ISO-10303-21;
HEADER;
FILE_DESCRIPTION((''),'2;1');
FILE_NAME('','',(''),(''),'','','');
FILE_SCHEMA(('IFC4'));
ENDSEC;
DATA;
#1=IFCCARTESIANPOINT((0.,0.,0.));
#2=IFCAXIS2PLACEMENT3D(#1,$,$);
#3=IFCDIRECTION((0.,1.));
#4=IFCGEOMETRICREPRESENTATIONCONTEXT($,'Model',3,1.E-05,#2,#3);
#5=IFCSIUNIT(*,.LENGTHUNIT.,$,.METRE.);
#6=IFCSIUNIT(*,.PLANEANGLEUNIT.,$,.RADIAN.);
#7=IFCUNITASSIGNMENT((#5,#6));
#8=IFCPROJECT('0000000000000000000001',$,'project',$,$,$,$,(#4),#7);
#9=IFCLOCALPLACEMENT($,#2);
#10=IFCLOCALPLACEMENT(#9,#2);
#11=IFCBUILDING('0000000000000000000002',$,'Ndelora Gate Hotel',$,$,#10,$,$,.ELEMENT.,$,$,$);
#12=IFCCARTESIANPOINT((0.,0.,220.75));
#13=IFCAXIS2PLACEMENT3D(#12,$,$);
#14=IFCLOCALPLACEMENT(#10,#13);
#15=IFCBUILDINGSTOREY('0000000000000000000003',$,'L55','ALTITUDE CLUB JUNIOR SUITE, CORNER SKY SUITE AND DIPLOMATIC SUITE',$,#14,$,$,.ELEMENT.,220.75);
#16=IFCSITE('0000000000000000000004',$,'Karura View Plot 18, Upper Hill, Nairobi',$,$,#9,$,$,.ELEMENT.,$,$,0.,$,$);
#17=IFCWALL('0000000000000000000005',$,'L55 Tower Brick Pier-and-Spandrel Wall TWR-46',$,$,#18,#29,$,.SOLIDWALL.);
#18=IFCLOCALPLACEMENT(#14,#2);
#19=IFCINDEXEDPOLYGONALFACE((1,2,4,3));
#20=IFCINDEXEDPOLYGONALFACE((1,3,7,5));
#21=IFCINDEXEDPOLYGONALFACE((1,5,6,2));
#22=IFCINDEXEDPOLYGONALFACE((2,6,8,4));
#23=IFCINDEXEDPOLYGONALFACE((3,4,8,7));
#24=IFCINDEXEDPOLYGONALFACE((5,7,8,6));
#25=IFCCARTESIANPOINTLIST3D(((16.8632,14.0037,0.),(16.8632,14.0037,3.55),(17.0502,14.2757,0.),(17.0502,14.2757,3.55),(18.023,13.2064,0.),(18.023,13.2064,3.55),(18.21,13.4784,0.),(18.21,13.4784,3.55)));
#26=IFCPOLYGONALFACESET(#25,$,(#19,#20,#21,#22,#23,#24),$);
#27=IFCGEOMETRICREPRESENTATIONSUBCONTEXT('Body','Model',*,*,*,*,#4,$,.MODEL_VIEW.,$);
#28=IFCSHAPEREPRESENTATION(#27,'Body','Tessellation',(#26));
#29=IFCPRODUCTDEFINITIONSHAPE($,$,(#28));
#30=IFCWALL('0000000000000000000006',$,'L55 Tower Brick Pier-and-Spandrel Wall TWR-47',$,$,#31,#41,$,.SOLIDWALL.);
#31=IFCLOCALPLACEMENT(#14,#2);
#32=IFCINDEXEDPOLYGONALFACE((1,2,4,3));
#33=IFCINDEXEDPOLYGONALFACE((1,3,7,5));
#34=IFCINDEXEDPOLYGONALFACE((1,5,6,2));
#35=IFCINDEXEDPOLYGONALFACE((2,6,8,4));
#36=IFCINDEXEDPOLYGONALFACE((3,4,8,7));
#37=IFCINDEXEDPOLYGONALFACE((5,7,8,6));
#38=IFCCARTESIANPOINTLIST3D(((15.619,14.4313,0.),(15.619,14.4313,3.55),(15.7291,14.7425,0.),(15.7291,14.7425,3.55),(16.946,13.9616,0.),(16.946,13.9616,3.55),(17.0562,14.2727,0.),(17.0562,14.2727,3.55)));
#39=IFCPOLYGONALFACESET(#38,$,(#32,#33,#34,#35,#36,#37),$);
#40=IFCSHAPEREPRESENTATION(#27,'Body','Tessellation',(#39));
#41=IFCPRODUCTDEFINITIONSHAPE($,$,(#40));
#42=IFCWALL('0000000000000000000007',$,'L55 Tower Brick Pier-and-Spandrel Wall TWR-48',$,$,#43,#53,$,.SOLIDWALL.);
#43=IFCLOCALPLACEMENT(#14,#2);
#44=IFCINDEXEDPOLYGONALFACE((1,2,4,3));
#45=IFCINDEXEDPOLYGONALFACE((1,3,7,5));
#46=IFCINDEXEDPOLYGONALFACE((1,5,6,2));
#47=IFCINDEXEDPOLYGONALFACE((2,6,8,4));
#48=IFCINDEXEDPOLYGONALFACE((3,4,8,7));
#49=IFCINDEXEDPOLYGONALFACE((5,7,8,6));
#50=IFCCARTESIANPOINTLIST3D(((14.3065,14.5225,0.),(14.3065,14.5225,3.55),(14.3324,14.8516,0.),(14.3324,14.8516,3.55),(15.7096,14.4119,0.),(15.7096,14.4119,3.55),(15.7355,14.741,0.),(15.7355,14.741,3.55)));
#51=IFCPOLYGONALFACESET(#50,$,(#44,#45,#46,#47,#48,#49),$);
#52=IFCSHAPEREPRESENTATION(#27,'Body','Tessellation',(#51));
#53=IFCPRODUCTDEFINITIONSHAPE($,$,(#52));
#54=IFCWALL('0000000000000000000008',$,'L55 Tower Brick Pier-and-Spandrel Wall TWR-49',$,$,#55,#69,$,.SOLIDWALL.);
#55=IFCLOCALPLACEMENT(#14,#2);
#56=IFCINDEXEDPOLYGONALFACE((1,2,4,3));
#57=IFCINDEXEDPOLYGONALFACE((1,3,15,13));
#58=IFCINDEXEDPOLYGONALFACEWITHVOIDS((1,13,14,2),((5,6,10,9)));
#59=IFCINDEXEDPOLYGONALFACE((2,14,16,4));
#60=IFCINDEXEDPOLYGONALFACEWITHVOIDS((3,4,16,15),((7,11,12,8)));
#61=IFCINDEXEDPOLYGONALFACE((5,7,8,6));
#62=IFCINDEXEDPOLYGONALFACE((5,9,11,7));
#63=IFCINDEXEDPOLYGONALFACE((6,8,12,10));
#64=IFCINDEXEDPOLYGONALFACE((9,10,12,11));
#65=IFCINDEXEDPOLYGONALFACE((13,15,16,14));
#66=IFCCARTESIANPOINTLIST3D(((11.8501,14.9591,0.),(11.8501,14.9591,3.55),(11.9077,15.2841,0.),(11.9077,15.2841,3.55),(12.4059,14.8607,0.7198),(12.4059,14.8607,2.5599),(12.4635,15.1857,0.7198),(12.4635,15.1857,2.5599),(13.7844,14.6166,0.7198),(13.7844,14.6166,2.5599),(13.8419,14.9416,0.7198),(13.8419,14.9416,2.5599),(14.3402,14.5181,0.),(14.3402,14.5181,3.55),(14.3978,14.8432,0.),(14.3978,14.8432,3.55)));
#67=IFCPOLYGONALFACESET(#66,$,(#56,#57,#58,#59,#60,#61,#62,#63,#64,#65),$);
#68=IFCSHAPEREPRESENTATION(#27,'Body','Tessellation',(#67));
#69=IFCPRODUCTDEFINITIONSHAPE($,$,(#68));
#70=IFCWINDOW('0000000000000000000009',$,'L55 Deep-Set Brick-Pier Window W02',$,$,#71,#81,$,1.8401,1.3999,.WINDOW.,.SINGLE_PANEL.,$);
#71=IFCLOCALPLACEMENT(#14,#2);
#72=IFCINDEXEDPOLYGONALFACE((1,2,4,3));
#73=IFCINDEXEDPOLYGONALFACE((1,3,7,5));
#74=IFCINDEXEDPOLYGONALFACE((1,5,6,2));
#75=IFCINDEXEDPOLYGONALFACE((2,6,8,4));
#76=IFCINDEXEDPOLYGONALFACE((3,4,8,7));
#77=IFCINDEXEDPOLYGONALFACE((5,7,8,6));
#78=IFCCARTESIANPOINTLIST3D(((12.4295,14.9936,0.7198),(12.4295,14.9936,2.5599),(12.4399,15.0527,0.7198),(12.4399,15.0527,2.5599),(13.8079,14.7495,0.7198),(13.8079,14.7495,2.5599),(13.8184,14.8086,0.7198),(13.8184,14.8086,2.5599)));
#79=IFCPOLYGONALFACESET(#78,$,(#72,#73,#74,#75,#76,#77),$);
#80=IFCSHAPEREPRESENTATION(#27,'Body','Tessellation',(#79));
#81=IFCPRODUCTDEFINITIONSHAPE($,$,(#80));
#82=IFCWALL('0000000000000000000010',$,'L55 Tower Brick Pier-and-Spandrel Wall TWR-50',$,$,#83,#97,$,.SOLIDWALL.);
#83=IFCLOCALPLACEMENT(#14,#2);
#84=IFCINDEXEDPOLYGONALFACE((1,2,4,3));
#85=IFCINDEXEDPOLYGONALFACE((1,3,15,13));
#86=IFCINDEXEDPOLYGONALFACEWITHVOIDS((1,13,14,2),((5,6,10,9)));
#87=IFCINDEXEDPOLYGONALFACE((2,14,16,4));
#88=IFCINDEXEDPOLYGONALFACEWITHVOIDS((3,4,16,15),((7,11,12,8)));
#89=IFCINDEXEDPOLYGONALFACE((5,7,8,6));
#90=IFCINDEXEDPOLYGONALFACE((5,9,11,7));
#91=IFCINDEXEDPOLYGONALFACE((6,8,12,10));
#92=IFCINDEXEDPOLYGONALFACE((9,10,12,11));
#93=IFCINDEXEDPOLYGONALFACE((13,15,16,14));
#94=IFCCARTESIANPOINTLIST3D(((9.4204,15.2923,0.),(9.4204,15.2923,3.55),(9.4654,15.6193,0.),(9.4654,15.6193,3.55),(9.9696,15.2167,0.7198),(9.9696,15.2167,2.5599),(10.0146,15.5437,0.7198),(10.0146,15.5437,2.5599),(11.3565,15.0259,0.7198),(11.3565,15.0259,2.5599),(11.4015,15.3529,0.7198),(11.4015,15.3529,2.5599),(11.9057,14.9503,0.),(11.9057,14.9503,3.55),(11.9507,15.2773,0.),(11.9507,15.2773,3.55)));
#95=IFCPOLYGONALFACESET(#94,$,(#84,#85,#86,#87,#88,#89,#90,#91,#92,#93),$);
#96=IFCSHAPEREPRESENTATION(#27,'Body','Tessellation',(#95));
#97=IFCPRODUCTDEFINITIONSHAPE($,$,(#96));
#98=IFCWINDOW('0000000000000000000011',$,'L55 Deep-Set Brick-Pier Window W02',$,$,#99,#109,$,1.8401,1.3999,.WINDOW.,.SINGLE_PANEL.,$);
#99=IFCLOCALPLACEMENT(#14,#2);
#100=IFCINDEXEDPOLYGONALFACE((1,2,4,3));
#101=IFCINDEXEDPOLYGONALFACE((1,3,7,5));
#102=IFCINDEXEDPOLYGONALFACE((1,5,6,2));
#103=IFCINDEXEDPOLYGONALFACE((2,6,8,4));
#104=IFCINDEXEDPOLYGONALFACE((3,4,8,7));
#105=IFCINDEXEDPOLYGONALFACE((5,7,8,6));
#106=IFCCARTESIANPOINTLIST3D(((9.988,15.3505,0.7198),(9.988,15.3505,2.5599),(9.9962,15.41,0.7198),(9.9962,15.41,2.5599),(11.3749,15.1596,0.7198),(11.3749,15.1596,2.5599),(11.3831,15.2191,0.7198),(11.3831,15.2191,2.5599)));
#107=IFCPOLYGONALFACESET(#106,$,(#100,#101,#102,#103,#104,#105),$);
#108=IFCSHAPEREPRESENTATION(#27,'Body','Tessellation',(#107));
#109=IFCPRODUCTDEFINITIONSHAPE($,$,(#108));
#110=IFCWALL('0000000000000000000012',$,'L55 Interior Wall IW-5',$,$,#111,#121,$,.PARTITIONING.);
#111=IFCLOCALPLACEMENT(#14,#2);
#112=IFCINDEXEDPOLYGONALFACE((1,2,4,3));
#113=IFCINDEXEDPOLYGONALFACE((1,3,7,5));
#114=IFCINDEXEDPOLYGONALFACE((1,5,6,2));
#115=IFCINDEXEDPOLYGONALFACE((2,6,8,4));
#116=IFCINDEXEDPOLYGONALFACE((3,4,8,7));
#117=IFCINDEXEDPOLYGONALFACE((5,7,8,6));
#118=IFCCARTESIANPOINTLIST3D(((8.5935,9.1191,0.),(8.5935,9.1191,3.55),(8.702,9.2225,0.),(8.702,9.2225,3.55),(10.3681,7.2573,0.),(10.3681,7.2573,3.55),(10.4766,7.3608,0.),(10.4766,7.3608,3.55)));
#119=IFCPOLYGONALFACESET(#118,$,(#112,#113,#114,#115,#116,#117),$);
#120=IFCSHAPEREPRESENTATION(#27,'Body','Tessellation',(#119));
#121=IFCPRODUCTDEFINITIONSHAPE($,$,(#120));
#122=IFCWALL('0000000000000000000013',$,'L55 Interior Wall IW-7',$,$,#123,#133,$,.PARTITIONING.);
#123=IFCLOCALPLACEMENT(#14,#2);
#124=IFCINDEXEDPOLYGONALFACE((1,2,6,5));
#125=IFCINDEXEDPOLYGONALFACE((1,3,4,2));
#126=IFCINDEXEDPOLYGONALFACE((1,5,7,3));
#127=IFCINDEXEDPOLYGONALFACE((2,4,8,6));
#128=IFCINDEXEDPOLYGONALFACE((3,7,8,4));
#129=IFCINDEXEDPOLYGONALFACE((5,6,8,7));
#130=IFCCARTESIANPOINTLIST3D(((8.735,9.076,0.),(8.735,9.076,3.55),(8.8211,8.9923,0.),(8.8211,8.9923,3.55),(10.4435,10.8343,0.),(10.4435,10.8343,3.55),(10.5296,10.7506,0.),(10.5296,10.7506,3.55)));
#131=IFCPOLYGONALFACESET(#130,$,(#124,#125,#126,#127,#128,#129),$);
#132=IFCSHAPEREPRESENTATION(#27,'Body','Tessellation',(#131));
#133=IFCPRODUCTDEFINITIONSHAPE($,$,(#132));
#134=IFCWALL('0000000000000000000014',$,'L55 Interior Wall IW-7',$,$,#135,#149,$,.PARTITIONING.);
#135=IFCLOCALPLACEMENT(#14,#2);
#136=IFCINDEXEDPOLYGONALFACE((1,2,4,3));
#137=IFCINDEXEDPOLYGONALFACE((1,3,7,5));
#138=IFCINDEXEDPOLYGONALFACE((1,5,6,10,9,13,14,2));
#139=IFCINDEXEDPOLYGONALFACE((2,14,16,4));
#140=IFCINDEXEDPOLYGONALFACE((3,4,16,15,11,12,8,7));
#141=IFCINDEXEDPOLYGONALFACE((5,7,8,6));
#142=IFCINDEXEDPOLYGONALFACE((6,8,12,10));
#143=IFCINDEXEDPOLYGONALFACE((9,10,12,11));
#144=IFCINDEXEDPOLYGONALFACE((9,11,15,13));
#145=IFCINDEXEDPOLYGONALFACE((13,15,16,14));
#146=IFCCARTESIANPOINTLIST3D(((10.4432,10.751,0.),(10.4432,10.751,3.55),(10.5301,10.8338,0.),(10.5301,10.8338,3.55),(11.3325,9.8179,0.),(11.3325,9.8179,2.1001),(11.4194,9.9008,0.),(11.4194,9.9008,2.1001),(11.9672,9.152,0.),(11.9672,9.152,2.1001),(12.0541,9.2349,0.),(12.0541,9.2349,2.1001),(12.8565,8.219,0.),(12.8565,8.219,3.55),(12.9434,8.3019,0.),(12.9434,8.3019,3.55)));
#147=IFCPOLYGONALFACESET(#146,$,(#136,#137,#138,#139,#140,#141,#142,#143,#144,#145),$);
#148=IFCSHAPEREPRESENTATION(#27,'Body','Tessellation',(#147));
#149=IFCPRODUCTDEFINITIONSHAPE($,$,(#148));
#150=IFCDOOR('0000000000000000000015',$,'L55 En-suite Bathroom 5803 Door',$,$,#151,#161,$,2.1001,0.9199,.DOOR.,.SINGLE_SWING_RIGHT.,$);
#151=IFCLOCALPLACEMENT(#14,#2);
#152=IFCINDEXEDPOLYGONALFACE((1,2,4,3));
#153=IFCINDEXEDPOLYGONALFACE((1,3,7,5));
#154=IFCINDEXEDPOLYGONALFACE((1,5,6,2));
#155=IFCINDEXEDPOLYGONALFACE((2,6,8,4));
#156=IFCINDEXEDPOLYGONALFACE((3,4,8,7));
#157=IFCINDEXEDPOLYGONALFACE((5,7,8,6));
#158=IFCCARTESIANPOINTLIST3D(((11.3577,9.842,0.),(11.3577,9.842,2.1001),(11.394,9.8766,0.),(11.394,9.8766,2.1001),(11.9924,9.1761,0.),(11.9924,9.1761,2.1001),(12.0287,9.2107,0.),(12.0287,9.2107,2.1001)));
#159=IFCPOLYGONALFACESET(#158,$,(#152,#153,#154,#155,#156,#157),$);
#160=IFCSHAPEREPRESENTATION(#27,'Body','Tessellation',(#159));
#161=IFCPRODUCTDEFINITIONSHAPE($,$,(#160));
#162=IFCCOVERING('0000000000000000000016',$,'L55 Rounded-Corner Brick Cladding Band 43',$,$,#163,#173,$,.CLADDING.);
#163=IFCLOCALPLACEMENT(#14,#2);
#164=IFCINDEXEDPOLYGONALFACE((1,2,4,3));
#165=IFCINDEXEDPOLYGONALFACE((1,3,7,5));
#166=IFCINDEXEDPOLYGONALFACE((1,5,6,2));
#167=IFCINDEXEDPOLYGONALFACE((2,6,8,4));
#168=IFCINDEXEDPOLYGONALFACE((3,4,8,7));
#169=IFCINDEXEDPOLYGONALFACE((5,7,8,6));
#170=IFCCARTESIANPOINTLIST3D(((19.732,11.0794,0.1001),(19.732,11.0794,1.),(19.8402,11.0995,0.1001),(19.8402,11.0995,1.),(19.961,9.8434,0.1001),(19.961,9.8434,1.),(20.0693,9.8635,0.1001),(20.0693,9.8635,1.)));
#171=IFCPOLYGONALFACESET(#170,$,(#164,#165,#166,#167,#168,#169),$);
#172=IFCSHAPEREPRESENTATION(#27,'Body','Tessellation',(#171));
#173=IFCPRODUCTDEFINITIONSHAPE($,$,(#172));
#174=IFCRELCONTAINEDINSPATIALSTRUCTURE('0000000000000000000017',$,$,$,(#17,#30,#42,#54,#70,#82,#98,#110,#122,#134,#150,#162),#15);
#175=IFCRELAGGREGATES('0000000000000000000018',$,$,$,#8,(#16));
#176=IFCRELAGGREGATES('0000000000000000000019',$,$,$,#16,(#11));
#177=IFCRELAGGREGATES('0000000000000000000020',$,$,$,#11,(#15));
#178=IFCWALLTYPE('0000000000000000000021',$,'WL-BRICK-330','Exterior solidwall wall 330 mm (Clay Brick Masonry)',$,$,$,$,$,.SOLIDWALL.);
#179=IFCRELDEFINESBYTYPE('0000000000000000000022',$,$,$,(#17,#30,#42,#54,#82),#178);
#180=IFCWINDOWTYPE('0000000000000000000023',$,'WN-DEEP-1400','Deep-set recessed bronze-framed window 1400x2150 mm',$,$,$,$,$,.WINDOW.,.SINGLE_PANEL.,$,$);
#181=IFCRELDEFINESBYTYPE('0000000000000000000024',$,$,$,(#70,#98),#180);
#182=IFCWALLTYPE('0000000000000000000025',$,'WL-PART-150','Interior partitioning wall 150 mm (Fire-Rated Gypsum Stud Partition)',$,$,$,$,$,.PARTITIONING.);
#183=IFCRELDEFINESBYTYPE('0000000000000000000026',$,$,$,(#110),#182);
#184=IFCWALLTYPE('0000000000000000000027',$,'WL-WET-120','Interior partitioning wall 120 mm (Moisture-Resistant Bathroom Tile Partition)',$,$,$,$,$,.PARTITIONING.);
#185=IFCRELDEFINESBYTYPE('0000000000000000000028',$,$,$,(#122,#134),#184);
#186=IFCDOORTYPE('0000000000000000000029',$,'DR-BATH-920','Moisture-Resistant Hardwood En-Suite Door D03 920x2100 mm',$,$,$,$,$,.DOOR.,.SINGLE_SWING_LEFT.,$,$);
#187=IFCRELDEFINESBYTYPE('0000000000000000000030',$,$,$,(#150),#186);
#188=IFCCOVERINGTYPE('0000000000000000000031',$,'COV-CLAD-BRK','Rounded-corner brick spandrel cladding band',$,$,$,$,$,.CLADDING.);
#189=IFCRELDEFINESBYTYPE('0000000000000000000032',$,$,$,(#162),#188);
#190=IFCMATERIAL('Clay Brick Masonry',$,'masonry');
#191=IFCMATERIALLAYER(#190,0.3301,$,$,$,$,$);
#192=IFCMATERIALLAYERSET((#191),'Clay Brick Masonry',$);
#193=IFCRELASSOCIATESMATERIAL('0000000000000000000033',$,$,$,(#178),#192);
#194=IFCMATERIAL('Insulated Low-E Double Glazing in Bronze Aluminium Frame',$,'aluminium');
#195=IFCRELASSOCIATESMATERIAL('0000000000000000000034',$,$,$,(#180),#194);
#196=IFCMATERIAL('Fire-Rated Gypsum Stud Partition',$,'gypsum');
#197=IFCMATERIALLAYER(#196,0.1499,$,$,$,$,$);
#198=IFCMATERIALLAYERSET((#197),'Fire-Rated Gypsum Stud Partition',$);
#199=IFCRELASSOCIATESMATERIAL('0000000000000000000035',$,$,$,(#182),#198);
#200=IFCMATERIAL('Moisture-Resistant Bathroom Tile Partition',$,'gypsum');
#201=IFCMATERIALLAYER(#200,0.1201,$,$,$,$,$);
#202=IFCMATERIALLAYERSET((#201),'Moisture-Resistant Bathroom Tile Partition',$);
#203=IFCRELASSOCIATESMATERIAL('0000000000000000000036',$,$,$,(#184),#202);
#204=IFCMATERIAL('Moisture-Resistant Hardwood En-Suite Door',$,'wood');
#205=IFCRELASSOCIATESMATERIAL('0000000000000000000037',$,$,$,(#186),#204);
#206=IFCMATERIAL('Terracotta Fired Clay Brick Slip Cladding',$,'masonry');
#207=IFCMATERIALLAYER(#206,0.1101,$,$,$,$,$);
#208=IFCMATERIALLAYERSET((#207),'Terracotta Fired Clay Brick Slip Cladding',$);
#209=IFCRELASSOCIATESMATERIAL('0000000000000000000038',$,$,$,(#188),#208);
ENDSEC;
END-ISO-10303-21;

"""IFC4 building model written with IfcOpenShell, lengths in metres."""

from ifc_helpers import new_model, si_unit, direction, frame, frame_2d, origin, origin_2d, place, context, subcontext, project, spatial, rectangle, extrude, material, layer, layer_set, type_object, element, fill, save


model = new_model("IFC4")

# Units and contexts
model_context = context("Model", 3, precision=1e-05, world=origin(), true_north=direction((0.0, 1.0)))
body_context = subcontext(model_context, "Body", "Model", "MODEL_VIEW")
ifc_project = project(units=[si_unit("LENGTHUNIT", "METRE"), si_unit("PLANEANGLEUNIT", "RADIAN")], contexts=[model_context])

# Site, building, storey
site_placement = place(None, origin())
site = spatial("IfcSite", under=ifc_project, at=site_placement, Name="Karura View Plot 18, Upper Hill, Nairobi", CompositionType="ELEMENT", RefElevation=0.0)
building_placement = place(site_placement, origin())
building = spatial("IfcBuilding", under=site, at=building_placement, Name="Ndelora Gate Hotel", CompositionType="ELEMENT")
storey_placement = place(building_placement, frame((0.0, 0.0, 220.75)))
storey = spatial("IfcBuildingStorey", under=building, at=storey_placement, Name="L55", Description="ALTITUDE CLUB JUNIOR SUITE, CORNER SKY SUITE AND DIPLOMATIC SUITE", CompositionType="ELEMENT", Elevation=220.75)

# Walls
ifc_material_1 = material(Name="Clay Brick Masonry", Category="masonry")
ifc_layer_1 = layer(ifc_material_1, 0.3301)
ifc_layer_set_1 = layer_set([ifc_layer_1], Name="Clay Brick Masonry")
wall_type_1 = type_object("IfcWallType", Name="WL-BRICK-330", Description="Exterior solidwall wall 330 mm (Clay Brick Masonry)", PredefinedType="SOLIDWALL", material=ifc_layer_set_1)
for number, where, z_axis, x_axis, name in (
    (1, (16.9568, 14.1396, 0.0), (0.0, 0.0, 1.0), (0.824067, -0.566492, 0.0), "L55 Tower Brick Pier-and-Spandrel Wall TWR-46"),
):
    element("IfcWall", number, at=place(storey_placement, frame(where, z_axis=z_axis, x_axis=x_axis)), inside=storey, type_object=wall_type_1, Name=name, PredefinedType="SOLIDWALL", context=body_context, shape_type="SweptSolid", body=[
        extrude(rectangle(XDim=1.4075, YDim=0.3301, at=frame_2d((0.7036, 0.0))), origin(), (0.0, 0.0, 1.0), 3.55),
    ])
wall_1_placement = place(storey_placement, frame((15.6741, 14.5869, 0.0), z_axis=(0.0, 0.0, 1.0), x_axis=(0.942676, -0.333709, 0.0)))
element("IfcWall", 2, at=wall_1_placement, inside=storey, type_object=wall_type_1, Name="L55 Tower Brick Pier-and-Spandrel Wall TWR-47", PredefinedType="SOLIDWALL", context=body_context, shape_type="SweptSolid", body=[
    extrude(rectangle(XDim=1.4077, YDim=0.3301, at=frame_2d((0.7039, 0.0))), origin(), (0.0, 0.0, 1.0), 3.55),
])
wall_2_placement = place(storey_placement, frame((14.3196, 14.687, 0.0), z_axis=(0.0, 0.0, 1.0), x_axis=(0.996908, -0.07858, 0.0)))
element("IfcWall", 3, at=wall_2_placement, inside=storey, type_object=wall_type_1, Name="L55 Tower Brick Pier-and-Spandrel Wall TWR-48", PredefinedType="SOLIDWALL", context=body_context, shape_type="SweptSolid", body=[
    extrude(rectangle(XDim=1.4075, YDim=0.3301, at=frame_2d((0.7036, 0.0))), origin(), (0.0, 0.0, 1.0), 3.55),
])

# Walls, openings, windows
wall_3_placement = place(storey_placement, frame((11.8789, 15.1216, 0.0), z_axis=(0.0, 0.0, 1.0), x_axis=(0.984681, -0.174364, 0.0)))
wall_3 = element("IfcWall", 4, at=wall_3_placement, inside=storey, type_object=wall_type_1, Name="L55 Tower Brick Pier-and-Spandrel Wall TWR-49", PredefinedType="SOLIDWALL", context=body_context, shape_type="SweptSolid", body=[
    extrude(rectangle(XDim=2.5288, YDim=0.3301, at=frame_2d((1.2644, 0.0))), origin(), (0.0, 0.0, 1.0), 3.55),
])
opening_1_placement = place(wall_3_placement, frame((0.5645, 0.0, 0.72)))
opening_1 = element("IfcOpeningElement", 5, at=opening_1_placement, cuts=wall_3, PredefinedType="OPENING", context=body_context, shape_type="SweptSolid", body=[
    extrude(rectangle(XDim=1.3999, YDim=1.8401, at=frame_2d((0.7, 0.9199))), frame((0.0, 0.175, 0.0), z_axis=(0.0, -1.0, 0.0), x_axis=(1.0, 0.0, 0.0)), (0.0, 0.0, 1.0), 0.3501),
])
ifc_material_2 = material(Name="Insulated Low-E Double Glazing in Bronze Aluminium Frame", Category="aluminium")
window_type = type_object("IfcWindowType", Name="WN-DEEP-1400", Description="Deep-set recessed bronze-framed window 1400x2150 mm", PartitioningType="SINGLE_PANEL", PredefinedType="WINDOW", material=ifc_material_2)
window_1_placement = place(opening_1_placement, origin())
window_1 = element("IfcWindow", 6, at=window_1_placement, inside=storey, type_object=window_type, Name="L55 Deep-Set Brick-Pier Window W02", OverallHeight=1.8401, OverallWidth=1.3999, PartitioningType="SINGLE_PANEL", PredefinedType="WINDOW", context=body_context, shape_type="SweptSolid", body=[
    extrude(rectangle(XDim=1.3999, YDim=1.8401, at=frame_2d((0.7, 0.9199))), frame((0.0, 0.03, 0.0), z_axis=(0.0, -1.0, 0.0), x_axis=(1.0, 0.0, 0.0)), (0.0, 0.0, 1.0), 0.0601),
])
fill(opening_1, window_1)
wall_4_placement = place(storey_placement, frame((9.4429, 15.4558, 0.0), z_axis=(0.0, 0.0, 1.0), x_axis=(0.990662, -0.136338, 0.0)))
wall_4 = element("IfcWall", 7, at=wall_4_placement, inside=storey, type_object=wall_type_1, Name="L55 Tower Brick Pier-and-Spandrel Wall TWR-50", PredefinedType="SOLIDWALL", context=body_context, shape_type="SweptSolid", body=[
    extrude(rectangle(XDim=2.5088, YDim=0.3301, at=frame_2d((1.2544, 0.0))), origin(), (0.0, 0.0, 1.0), 3.55),
])
opening_2_placement = place(wall_4_placement, frame((0.5544, 0.0, 0.72)))
opening_2 = element("IfcOpeningElement", 8, at=opening_2_placement, cuts=wall_4, PredefinedType="OPENING", context=body_context, shape_type="SweptSolid", body=[
    extrude(rectangle(XDim=1.3999, YDim=1.8401, at=frame_2d((0.7, 0.9199))), frame((0.0, 0.175, 0.0), z_axis=(0.0, -1.0, 0.0), x_axis=(1.0, 0.0, 0.0)), (0.0, 0.0, 1.0), 0.3501),
])
window_2_placement = place(opening_2_placement, origin())
window_2 = element("IfcWindow", 9, at=window_2_placement, inside=storey, type_object=window_type, Name="L55 Deep-Set Brick-Pier Window W02", OverallHeight=1.8401, OverallWidth=1.3999, PartitioningType="SINGLE_PANEL", PredefinedType="WINDOW", context=body_context, shape_type="SweptSolid", body=[
    extrude(rectangle(XDim=1.3999, YDim=1.8401, at=frame_2d((0.7, 0.9199))), frame((0.0, 0.03, 0.0), z_axis=(0.0, -1.0, 0.0), x_axis=(1.0, 0.0, 0.0)), (0.0, 0.0, 1.0), 0.0601),
])
fill(opening_2, window_2)

# Walls
ifc_material_3 = material(Name="Fire-Rated Gypsum Stud Partition", Category="gypsum")
ifc_layer_2 = layer(ifc_material_3, 0.1499)
ifc_layer_set_2 = layer_set([ifc_layer_2], Name="Fire-Rated Gypsum Stud Partition")
wall_type_2 = type_object("IfcWallType", Name="WL-PART-150", Description="Interior partitioning wall 150 mm (Fire-Rated Gypsum Stud Partition)", PredefinedType="PARTITIONING", material=ifc_layer_set_2)
wall_5_placement = place(storey_placement, frame((8.6477, 9.1709, 0.0), z_axis=(0.0, 0.0, 1.0), x_axis=(0.689961, -0.723847, 0.0)))
element("IfcWall", 10, at=wall_5_placement, inside=storey, type_object=wall_type_2, Name="L55 Interior Wall IW-5", PredefinedType="PARTITIONING", context=body_context, shape_type="SweptSolid", body=[
    extrude(rectangle(XDim=2.572, YDim=0.1499, at=frame_2d((1.2861, 0.0))), origin(), (0.0, 0.0, 1.0), 3.55),
])
ifc_material_4 = material(Name="Moisture-Resistant Bathroom Tile Partition", Category="gypsum")
ifc_layer_3 = layer(ifc_material_4, 0.1201)
ifc_layer_set_3 = layer_set([ifc_layer_3], Name="Moisture-Resistant Bathroom Tile Partition")
wall_type_3 = type_object("IfcWallType", Name="WL-WET-120", Description="Interior partitioning wall 120 mm (Moisture-Resistant Bathroom Tile Partition)", PredefinedType="PARTITIONING", material=ifc_layer_set_3)
wall_6_placement = place(storey_placement, frame((10.4866, 10.7925, 0.0), z_axis=(0.0, 0.0, 1.0), x_axis=(-0.696876, -0.717191, 0.0)))
element("IfcWall", 11, at=wall_6_placement, inside=storey, type_object=wall_type_3, Name="L55 Interior Wall IW-7", PredefinedType="PARTITIONING", context=body_context, shape_type="SweptSolid", body=[
    extrude(rectangle(XDim=2.4517, YDim=0.1201, at=frame_2d((1.2258, 0.0))), origin(), (0.0, 0.0, 1.0), 3.55),
])

# Wall, opening, door
wall_7_placement = place(storey_placement, frame((10.4866, 10.7925, 0.0), z_axis=(0.0, 0.0, 1.0), x_axis=(0.689943, -0.723864, 0.0)))
wall_7 = element("IfcWall", 12, at=wall_7_placement, inside=storey, type_object=wall_type_3, Name="L55 Interior Wall IW-7", PredefinedType="PARTITIONING", context=body_context, shape_type="SweptSolid", body=[
    extrude(rectangle(XDim=3.4978, YDim=0.1201, at=frame_2d((1.749, 0.0))), origin(), (0.0, 0.0, 1.0), 3.55),
])
opening_3_placement = place(wall_7_placement, frame((1.2891, 0.0, 0.0)))
opening_3 = element("IfcOpeningElement", 13, at=opening_3_placement, cuts=wall_7, PredefinedType="OPENING", context=body_context, shape_type="SweptSolid", body=[
    extrude(rectangle(XDim=0.9199, YDim=2.1001, at=frame_2d((0.46, 1.05))), frame((0.0, 0.0701, 0.0), z_axis=(0.0, -1.0, 0.0), x_axis=(1.0, 0.0, 0.0)), (0.0, 0.0, 1.0), 0.1401),
])
ifc_material_5 = material(Name="Moisture-Resistant Hardwood En-Suite Door", Category="wood")
door_type = type_object("IfcDoorType", Name="DR-BATH-920", Description="Moisture-Resistant Hardwood En-Suite Door D03 920x2100 mm", OperationType="SINGLE_SWING_LEFT", PredefinedType="DOOR", material=ifc_material_5)
door_placement = place(opening_3_placement, origin())
door = element("IfcDoor", 14, at=door_placement, inside=storey, type_object=door_type, Name="L55 En-suite Bathroom 5803 Door", OperationType="SINGLE_SWING_RIGHT", OverallHeight=2.1001, OverallWidth=0.9199, PredefinedType="DOOR", context=body_context, shape_type="SweptSolid", body=[
    extrude(rectangle(XDim=0.9199, YDim=2.1001, at=frame_2d((0.46, 1.05))), frame((0.0, 0.0249, 0.0), z_axis=(0.0, -1.0, 0.0), x_axis=(1.0, 0.0, 0.0)), (0.0, 0.0, 1.0), 0.05),
])
fill(opening_3, door)

# Covering
ifc_material_6 = material(Name="Terracotta Fired Clay Brick Slip Cladding", Category="masonry")
ifc_layer_4 = layer(ifc_material_6, 0.1101)
ifc_layer_set_4 = layer_set([ifc_layer_4], Name="Terracotta Fired Clay Brick Slip Cladding")
covering_type_1 = type_object("IfcCoveringType", Name="COV-CLAD-BRK", Description="Rounded-corner brick spandrel cladding band", PredefinedType="CLADDING", material=ifc_layer_set_4)
covering_1_placement = place(storey_placement, frame((19.9006, 10.4714, 0.1001), z_axis=(0.0, 0.0, 1.0), x_axis=(-0.182236, 0.983255, 0.0)))
element("IfcCovering", 15, at=covering_1_placement, inside=storey, type_object=covering_type_1, Name="L55 Rounded-Corner Brick Cladding Band 43", PredefinedType="CLADDING", context=body_context, shape_type="SweptSolid", body=[
    extrude(rectangle(XDim=1.2571, YDim=0.1101, at=origin_2d()), origin(), (0.0, 0.0, 1.0), 0.8999),
])

save(model, "model.ifc")
